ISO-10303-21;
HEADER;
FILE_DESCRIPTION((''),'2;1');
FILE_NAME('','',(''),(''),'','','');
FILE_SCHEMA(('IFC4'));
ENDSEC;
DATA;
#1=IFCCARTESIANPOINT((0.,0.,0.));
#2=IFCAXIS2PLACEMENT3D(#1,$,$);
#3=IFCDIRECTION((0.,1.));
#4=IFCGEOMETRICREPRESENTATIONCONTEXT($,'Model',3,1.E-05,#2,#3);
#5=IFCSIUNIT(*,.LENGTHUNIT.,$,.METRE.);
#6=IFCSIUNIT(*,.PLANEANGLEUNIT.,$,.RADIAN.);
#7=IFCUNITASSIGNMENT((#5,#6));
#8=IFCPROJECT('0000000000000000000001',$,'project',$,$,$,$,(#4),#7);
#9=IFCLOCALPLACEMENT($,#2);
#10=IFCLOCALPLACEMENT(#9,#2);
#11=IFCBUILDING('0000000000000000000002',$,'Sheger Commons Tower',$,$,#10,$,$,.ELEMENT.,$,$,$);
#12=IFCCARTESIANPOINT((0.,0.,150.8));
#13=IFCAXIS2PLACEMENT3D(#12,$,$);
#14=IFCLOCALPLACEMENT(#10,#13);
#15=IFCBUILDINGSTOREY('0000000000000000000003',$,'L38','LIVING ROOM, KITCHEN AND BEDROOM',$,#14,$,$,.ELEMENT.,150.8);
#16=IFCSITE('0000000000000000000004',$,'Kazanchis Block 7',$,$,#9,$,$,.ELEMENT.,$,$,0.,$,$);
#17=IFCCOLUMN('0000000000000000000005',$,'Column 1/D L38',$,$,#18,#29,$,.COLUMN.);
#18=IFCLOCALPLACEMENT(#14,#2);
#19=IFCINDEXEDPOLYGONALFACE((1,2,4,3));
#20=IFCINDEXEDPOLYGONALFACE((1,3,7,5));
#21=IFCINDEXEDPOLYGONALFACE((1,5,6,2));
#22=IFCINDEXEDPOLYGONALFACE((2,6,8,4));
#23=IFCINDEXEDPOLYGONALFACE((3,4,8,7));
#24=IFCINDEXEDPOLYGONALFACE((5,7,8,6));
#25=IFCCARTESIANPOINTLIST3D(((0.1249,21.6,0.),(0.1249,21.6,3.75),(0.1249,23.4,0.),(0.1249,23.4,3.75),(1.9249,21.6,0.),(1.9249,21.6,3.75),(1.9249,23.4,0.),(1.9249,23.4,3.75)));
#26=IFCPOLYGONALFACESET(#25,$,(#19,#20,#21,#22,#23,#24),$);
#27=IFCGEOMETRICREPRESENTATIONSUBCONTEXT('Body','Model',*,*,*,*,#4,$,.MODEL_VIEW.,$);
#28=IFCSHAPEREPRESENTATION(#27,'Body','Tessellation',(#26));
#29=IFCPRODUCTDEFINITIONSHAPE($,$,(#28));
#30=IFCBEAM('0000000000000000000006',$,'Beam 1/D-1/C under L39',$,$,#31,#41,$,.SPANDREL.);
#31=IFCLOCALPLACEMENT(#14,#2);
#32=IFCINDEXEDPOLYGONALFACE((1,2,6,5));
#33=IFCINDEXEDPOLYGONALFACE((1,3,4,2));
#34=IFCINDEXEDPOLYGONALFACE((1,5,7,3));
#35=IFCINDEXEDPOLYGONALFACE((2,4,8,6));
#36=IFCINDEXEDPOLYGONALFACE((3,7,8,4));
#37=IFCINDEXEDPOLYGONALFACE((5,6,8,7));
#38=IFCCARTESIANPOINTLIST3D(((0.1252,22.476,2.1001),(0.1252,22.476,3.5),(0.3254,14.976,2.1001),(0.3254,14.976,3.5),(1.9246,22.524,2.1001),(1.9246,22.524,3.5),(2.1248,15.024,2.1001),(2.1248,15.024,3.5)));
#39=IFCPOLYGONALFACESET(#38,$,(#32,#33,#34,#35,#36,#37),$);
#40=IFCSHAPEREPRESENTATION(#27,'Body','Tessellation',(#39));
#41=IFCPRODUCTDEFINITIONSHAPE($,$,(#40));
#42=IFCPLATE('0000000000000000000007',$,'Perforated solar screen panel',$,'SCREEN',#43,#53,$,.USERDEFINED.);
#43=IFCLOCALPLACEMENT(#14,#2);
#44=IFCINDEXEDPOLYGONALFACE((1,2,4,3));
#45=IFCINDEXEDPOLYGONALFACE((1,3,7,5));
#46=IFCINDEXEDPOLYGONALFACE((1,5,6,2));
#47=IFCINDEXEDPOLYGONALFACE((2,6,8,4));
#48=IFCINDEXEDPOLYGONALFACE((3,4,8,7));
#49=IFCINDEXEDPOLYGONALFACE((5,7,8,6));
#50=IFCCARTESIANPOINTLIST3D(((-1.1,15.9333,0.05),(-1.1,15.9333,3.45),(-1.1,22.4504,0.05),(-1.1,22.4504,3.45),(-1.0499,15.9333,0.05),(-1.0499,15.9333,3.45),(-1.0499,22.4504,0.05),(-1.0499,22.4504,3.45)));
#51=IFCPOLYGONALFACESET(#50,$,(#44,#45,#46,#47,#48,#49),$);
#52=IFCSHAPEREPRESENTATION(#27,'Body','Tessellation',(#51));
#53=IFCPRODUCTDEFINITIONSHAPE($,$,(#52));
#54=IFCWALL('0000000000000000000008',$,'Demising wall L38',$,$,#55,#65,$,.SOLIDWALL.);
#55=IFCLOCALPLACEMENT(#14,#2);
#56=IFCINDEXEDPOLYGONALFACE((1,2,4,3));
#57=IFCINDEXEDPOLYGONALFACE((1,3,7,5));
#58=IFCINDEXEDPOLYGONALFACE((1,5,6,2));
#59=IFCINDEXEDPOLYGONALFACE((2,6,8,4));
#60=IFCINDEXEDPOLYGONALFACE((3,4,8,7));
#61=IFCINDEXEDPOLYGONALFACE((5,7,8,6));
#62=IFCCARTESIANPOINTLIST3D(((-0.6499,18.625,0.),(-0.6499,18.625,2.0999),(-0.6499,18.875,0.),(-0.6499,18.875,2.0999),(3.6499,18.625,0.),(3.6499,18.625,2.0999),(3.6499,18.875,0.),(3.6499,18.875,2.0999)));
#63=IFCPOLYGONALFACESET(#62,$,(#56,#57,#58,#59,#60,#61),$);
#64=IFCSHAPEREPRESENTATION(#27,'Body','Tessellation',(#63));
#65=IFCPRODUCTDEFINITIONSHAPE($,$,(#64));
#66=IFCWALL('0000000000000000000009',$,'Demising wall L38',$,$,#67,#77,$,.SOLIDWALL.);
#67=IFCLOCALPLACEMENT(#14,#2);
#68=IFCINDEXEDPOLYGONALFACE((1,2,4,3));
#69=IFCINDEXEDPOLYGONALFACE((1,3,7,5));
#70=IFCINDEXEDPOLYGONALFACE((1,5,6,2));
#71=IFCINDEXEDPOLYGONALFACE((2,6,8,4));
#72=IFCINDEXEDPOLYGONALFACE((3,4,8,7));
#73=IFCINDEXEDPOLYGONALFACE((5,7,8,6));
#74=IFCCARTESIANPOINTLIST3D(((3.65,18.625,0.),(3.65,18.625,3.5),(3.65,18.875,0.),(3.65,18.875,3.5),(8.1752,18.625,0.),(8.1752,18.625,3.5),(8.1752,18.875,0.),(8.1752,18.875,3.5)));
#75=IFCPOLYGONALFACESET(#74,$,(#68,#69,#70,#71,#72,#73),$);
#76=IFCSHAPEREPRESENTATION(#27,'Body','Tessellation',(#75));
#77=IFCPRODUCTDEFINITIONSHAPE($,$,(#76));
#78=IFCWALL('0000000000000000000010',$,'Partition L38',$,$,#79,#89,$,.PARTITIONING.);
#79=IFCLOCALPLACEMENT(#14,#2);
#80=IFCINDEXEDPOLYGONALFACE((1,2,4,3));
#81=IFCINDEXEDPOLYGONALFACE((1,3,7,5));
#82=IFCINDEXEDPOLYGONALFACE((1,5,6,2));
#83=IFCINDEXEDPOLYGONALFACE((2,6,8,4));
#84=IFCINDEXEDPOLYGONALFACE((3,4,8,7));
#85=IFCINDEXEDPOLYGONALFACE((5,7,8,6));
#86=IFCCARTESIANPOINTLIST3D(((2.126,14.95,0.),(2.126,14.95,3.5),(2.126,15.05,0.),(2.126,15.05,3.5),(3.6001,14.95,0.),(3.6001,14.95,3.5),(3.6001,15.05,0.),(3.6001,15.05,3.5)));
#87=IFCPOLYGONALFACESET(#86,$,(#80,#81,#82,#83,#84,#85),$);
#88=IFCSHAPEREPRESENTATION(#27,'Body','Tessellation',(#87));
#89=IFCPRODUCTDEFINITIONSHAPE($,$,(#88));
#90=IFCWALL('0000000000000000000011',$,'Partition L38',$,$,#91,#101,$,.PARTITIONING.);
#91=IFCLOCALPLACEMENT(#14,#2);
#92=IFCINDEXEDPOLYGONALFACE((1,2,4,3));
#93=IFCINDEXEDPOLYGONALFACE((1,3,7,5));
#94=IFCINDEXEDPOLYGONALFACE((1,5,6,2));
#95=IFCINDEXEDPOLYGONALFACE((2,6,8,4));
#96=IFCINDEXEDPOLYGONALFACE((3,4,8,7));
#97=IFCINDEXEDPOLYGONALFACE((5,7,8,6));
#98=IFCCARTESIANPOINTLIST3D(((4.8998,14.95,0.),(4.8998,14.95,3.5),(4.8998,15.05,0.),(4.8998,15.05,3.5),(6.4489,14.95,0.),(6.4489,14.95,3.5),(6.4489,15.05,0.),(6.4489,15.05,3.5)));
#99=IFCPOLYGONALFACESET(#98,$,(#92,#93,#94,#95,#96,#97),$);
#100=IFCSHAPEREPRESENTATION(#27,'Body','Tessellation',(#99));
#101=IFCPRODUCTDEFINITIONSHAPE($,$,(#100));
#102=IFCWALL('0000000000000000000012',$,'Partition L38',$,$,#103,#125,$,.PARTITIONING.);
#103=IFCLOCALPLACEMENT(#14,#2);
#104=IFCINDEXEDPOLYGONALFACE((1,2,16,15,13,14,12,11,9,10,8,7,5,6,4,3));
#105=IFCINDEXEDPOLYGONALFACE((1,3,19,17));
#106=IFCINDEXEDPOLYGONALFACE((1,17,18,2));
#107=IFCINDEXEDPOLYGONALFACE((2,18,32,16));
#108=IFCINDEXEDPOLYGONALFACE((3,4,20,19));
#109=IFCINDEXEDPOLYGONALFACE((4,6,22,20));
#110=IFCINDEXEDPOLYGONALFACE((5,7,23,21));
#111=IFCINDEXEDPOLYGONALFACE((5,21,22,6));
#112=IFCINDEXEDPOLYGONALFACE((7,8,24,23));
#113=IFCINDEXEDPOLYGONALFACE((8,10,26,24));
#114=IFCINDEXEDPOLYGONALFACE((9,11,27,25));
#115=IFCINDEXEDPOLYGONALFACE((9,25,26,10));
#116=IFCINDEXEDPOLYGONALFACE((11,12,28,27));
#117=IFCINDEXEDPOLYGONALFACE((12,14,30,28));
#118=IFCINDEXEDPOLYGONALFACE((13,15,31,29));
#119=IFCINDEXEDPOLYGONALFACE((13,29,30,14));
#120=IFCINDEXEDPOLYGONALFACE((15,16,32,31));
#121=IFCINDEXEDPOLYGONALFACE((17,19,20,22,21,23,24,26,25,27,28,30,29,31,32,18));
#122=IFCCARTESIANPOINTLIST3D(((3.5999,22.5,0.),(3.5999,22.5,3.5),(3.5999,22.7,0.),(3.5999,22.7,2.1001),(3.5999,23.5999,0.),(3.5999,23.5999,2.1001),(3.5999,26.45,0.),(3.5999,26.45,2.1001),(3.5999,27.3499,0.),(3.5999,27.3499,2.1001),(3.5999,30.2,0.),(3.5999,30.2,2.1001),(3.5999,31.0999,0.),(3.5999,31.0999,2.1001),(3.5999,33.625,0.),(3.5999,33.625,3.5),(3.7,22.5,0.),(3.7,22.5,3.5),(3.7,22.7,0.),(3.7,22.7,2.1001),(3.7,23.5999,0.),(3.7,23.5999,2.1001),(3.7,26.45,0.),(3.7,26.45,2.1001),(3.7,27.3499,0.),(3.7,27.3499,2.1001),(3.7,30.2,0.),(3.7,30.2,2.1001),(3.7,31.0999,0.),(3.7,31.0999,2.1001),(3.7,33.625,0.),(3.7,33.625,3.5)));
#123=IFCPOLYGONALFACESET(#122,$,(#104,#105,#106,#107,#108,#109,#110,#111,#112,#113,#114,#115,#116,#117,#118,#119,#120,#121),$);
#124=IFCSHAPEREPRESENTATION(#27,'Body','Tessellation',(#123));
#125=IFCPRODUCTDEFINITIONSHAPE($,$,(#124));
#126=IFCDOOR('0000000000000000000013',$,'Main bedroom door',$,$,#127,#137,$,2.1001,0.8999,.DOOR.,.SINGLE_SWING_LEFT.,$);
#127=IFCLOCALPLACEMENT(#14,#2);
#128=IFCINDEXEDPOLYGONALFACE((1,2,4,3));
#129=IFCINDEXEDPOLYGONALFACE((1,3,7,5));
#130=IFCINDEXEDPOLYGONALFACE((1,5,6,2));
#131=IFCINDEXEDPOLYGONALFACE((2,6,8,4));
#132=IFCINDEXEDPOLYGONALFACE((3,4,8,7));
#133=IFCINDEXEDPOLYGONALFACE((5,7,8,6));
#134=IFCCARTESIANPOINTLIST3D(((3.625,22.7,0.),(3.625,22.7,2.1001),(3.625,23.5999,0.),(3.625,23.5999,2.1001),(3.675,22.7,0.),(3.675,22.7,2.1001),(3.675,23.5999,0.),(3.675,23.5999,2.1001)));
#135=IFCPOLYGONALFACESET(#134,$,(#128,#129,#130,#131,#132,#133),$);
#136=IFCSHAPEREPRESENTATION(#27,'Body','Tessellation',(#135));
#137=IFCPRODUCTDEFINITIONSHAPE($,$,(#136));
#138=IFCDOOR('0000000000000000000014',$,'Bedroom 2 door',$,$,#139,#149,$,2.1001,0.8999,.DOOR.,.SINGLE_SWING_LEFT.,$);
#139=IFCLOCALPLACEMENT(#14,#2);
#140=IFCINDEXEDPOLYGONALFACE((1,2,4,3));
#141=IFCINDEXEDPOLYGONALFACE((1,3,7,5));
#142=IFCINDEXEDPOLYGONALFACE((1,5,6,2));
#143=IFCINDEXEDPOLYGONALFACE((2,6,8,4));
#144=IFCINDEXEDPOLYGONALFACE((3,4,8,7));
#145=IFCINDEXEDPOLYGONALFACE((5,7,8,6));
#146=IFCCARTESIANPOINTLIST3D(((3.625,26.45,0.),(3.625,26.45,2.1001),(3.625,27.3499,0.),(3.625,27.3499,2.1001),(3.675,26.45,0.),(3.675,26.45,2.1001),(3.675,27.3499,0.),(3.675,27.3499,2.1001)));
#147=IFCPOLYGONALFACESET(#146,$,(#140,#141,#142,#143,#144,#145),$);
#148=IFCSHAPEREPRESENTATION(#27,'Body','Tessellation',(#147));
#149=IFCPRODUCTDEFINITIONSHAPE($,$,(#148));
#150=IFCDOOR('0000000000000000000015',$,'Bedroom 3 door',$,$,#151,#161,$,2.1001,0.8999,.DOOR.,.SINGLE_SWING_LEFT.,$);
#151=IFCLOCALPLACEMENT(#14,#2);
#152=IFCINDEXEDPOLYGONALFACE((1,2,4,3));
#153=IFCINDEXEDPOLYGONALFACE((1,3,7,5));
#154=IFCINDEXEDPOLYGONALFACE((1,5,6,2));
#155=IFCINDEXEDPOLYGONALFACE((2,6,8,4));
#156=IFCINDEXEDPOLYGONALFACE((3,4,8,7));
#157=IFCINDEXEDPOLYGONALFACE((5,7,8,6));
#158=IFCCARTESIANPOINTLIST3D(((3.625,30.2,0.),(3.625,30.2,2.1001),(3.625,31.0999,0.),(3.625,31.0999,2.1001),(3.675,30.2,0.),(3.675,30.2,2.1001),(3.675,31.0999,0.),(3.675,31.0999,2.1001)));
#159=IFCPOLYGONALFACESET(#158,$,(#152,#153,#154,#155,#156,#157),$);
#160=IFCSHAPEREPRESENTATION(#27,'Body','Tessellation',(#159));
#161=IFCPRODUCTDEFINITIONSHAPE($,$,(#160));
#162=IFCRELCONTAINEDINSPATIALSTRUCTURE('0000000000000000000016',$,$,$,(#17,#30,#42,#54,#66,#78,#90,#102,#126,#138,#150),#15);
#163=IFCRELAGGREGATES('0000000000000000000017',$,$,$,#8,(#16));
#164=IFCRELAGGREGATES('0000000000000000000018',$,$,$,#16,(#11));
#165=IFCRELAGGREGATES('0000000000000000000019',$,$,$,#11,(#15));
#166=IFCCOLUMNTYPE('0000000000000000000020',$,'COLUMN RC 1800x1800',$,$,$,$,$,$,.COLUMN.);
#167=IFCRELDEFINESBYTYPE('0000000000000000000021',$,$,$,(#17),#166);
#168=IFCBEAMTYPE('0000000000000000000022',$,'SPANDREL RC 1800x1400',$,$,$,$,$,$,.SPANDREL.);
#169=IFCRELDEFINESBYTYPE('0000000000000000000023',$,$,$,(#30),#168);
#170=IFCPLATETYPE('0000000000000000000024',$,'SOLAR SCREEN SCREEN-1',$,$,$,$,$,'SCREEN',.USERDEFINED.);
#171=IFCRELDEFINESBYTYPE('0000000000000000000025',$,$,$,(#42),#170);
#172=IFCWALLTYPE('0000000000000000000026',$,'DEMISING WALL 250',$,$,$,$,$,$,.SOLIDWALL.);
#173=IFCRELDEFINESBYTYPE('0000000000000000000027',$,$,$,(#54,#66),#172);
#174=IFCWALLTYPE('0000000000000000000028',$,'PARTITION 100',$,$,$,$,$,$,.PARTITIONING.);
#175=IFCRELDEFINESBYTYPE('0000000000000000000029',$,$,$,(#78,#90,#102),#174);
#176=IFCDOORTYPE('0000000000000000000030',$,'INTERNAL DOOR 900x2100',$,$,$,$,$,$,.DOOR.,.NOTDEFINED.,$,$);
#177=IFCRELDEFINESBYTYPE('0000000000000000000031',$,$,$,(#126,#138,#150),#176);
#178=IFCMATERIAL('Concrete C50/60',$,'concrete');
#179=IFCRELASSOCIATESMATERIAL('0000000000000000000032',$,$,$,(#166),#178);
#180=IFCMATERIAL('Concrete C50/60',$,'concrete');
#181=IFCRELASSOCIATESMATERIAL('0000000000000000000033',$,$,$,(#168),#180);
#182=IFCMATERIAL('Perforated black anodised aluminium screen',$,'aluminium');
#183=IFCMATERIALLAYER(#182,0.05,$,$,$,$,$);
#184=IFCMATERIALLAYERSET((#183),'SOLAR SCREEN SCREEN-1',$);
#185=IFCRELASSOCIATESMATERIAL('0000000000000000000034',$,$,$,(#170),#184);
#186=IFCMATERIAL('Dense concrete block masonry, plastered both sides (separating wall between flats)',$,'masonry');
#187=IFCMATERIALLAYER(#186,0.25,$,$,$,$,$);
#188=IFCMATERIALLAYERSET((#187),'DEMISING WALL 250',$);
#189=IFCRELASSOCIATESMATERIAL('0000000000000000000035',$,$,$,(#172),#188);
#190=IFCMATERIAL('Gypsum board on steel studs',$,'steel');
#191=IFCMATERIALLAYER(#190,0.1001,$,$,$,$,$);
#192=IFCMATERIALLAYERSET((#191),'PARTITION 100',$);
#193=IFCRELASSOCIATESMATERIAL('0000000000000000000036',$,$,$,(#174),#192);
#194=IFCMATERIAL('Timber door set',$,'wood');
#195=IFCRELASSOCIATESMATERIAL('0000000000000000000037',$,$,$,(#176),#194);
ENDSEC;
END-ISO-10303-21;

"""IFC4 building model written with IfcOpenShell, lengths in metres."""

from ifc_helpers import new_model, si_unit, direction, frame, frame_2d, origin, origin_2d, place, context, subcontext, project, spatial, rectangle, extrude, material, layer, layer_set, material_profile, profile_set, type_object, element, fill, save


model = new_model("IFC4")

# Units and contexts
model_context = context("Model", 3, precision=1e-05, world=origin(), true_north=direction((0.0, 1.0)))
body_context = subcontext(model_context, "Body", "Model", "MODEL_VIEW")
ifc_project = project(units=[si_unit("LENGTHUNIT", "METRE"), si_unit("PLANEANGLEUNIT", "RADIAN")], contexts=[model_context])

# Site, building, storey
site_placement = place(None, origin())
site = spatial("IfcSite", under=ifc_project, at=site_placement, Name="Kazanchis Block 7", CompositionType="ELEMENT", RefElevation=0.0)
building_placement = place(site_placement, origin())
building = spatial("IfcBuilding", under=site, at=building_placement, Name="Sheger Commons Tower", CompositionType="ELEMENT")
storey_placement = place(building_placement, frame((0.0, 0.0, 150.8)))
storey = spatial("IfcBuildingStorey", under=building, at=storey_placement, Name="L38", Description="LIVING ROOM, KITCHEN AND BEDROOM", CompositionType="ELEMENT", Elevation=150.8)

# Column
ifc_material_1 = material(Name="Concrete C50/60", Category="concrete")
ifc_material_profile_1 = material_profile(ifc_material_1, rectangle(XDim=1.8, YDim=1.8, at=origin_2d()), Name="RC 1800x1800")
ifc_profile_set_1 = profile_set([ifc_material_profile_1], Name="Concrete C50/60")
column_type = type_object("IfcColumnType", Name="COLUMN RC 1800x1800", PredefinedType="COLUMN", material=ifc_profile_set_1)
column_placement = place(storey_placement, frame((1.0249, 22.5, 0.0), z_axis=(0.0, 0.0, 1.0), x_axis=(1.0, 0.0, 0.0)))
element("IfcColumn", 1, at=column_placement, inside=storey, type_object=column_type, Name="Column 1/D L38", PredefinedType="COLUMN", context=body_context, shape_type="SweptSolid", body=[
    extrude(rectangle(XDim=1.8, YDim=1.8, at=origin_2d()), origin(), (0.0, 0.0, 1.0), 3.75),
])

# Beam
ifc_material_2 = material(Name="Concrete C50/60", Category="concrete")
ifc_material_profile_2 = material_profile(ifc_material_2, rectangle(XDim=1.8, YDim=1.3999, at=origin_2d()), Name="RC 1800x1400")
ifc_profile_set_2 = profile_set([ifc_material_profile_2], Name="Concrete C50/60")
beam_type = type_object("IfcBeamType", Name="SPANDREL RC 1800x1400", PredefinedType="SPANDREL", material=ifc_profile_set_2)
beam_placement = place(storey_placement, frame((1.0249, 22.5, 2.8), z_axis=(0.026683, -0.999644, 0.0), x_axis=(0.999644, 0.026683, 0.0)))
element("IfcBeam", 2, at=beam_placement, inside=storey, type_object=beam_type, Name="Beam 1/D-1/C under L39", PredefinedType="SPANDREL", context=body_context, shape_type="SweptSolid", body=[
    extrude(rectangle(XDim=1.8, YDim=1.3999, at=origin_2d()), origin(), (0.0, 0.0, 1.0), 7.5027),
])

# Plate
ifc_material_3 = material(Name="Perforated black anodised aluminium screen", Category="aluminium")
ifc_layer_1 = layer(ifc_material_3, 0.05)
ifc_layer_set_1 = layer_set([ifc_layer_1], Name="SOLAR SCREEN SCREEN-1")
plate_type = type_object("IfcPlateType", Name="SOLAR SCREEN SCREEN-1", ElementType="SCREEN", PredefinedType="USERDEFINED", material=ifc_layer_set_1)
plate_placement = place(storey_placement, frame((-1.075, 19.1919, 0.05), z_axis=(0.0, 0.0, 1.0), x_axis=(0.0, -1.0, 0.0)))
element("IfcPlate", 3, at=plate_placement, inside=storey, type_object=plate_type, Name="Perforated solar screen panel", ObjectType="SCREEN", PredefinedType="USERDEFINED", context=body_context, shape_type="SweptSolid", body=[
    extrude(rectangle(XDim=6.5171, YDim=0.05, at=origin_2d()), origin(), (0.0, 0.0, 1.0), 3.3999),
])

# Walls
ifc_material_4 = material(Name="Dense concrete block masonry, plastered both sides (separating wall between flats)", Category="masonry")
ifc_layer_2 = layer(ifc_material_4, 0.25)
ifc_layer_set_2 = layer_set([ifc_layer_2], Name="DEMISING WALL 250")
wall_type_1 = type_object("IfcWallType", Name="DEMISING WALL 250", PredefinedType="SOLIDWALL", material=ifc_layer_set_2)
wall_1_placement = place(storey_placement, frame((-0.6499, 18.75, 0.0), z_axis=(0.0, 0.0, 1.0), x_axis=(1.0, 0.0, 0.0)))
element("IfcWall", 4, at=wall_1_placement, inside=storey, type_object=wall_type_1, Name="Demising wall L38", PredefinedType="SOLIDWALL", context=body_context, shape_type="SweptSolid", body=[
    extrude(rectangle(XDim=4.2998, YDim=0.25, at=frame_2d((2.1499, 0.0))), origin(), (0.0, 0.0, 1.0), 2.0999),
])
wall_2_placement = place(storey_placement, frame((3.6499, 18.75, 0.0), z_axis=(0.0, 0.0, 1.0), x_axis=(1.0, 0.0, 0.0)))
element("IfcWall", 5, at=wall_2_placement, inside=storey, type_object=wall_type_1, Name="Demising wall L38", PredefinedType="SOLIDWALL", context=body_context, shape_type="SweptSolid", body=[
    extrude(rectangle(XDim=4.5251, YDim=0.25, at=frame_2d((2.2627, 0.0))), origin(), (0.0, 0.0, 1.0), 3.5),
])
ifc_material_5 = material(Name="Gypsum board on steel studs", Category="steel")
ifc_layer_3 = layer(ifc_material_5, 0.1001)
ifc_layer_set_3 = layer_set([ifc_layer_3], Name="PARTITION 100")
wall_type_2 = type_object("IfcWallType", Name="PARTITION 100", PredefinedType="PARTITIONING", material=ifc_layer_set_3)
wall_3_placement = place(storey_placement, frame((2.126, 15.0, 0.0), z_axis=(0.0, 0.0, 1.0), x_axis=(1.0, 0.0, 0.0)))
element("IfcWall", 6, at=wall_3_placement, inside=storey, type_object=wall_type_2, Name="Partition L38", PredefinedType="PARTITIONING", context=body_context, shape_type="SweptSolid", body=[
    extrude(rectangle(XDim=1.4741, YDim=0.1001, at=frame_2d((0.7371, 0.0))), origin(), (0.0, 0.0, 1.0), 3.5),
])
wall_4_placement = place(storey_placement, frame((4.8999, 15.0, 0.0), z_axis=(0.0, 0.0, 1.0), x_axis=(1.0, 0.0, 0.0)))
element("IfcWall", 7, at=wall_4_placement, inside=storey, type_object=wall_type_2, Name="Partition L38", PredefinedType="PARTITIONING", context=body_context, shape_type="SweptSolid", body=[
    extrude(rectangle(XDim=1.5491, YDim=0.1001, at=frame_2d((0.7744, 0.0))), origin(), (0.0, 0.0, 1.0), 3.5),
])

# Wall, openings, doors
wall_5_placement = place(storey_placement, frame((3.6499, 22.5, 0.0), z_axis=(0.0, 0.0, 1.0), x_axis=(0.0, 1.0, 0.0)))
wall_5 = element("IfcWall", 8, at=wall_5_placement, inside=storey, type_object=wall_type_2, Name="Partition L38", PredefinedType="PARTITIONING", context=body_context, shape_type="SweptSolid", body=[
    extrude(rectangle(XDim=11.125, YDim=0.1001, at=frame_2d((5.5625, 0.0))), origin(), (0.0, 0.0, 1.0), 3.5),
])
opening_1_placement = place(wall_5_placement, frame((0.2, 0.0, 0.0)))
opening_1 = element("IfcOpeningElement", 9, at=opening_1_placement, cuts=wall_5, PredefinedType="OPENING", context=body_context, shape_type="SweptSolid", body=[
    extrude(rectangle(XDim=0.8999, YDim=2.1001, at=frame_2d((0.45, 1.05))), frame((0.0, 0.0601, 0.0), z_axis=(0.0, -1.0, 0.0), x_axis=(1.0, 0.0, 0.0)), (0.0, 0.0, 1.0), 0.1201),
])
opening_2_placement = place(wall_5_placement, frame((3.95, 0.0, 0.0)))
opening_2 = element("IfcOpeningElement", 10, at=opening_2_placement, cuts=wall_5, PredefinedType="OPENING", context=body_context, shape_type="SweptSolid", body=[
    extrude(rectangle(XDim=0.8999, YDim=2.1001, at=frame_2d((0.45, 1.05))), frame((0.0, 0.0601, 0.0), z_axis=(0.0, -1.0, 0.0), x_axis=(1.0, 0.0, 0.0)), (0.0, 0.0, 1.0), 0.1201),
])
opening_3_placement = place(wall_5_placement, frame((7.7, 0.0, 0.0)))
opening_3 = element("IfcOpeningElement", 11, at=opening_3_placement, cuts=wall_5, PredefinedType="OPENING", context=body_context, shape_type="SweptSolid", body=[
    extrude(rectangle(XDim=0.8999, YDim=2.1001, at=frame_2d((0.45, 1.05))), frame((0.0, 0.0601, 0.0), z_axis=(0.0, -1.0, 0.0), x_axis=(1.0, 0.0, 0.0)), (0.0, 0.0, 1.0), 0.1201),
])
ifc_material_6 = material(Name="Timber door set", Category="wood")
door_type = type_object("IfcDoorType", Name="INTERNAL DOOR 900x2100", OperationType="NOTDEFINED", PredefinedType="DOOR", material=ifc_material_6)
door_1_placement = place(opening_1_placement, origin())
door_1 = element("IfcDoor", 12, at=door_1_placement, inside=storey, type_object=door_type, Name="Main bedroom door", OperationType="SINGLE_SWING_LEFT", OverallHeight=2.1001, OverallWidth=0.8999, PredefinedType="DOOR", context=body_context, shape_type="SweptSolid", body=[
    extrude(rectangle(XDim=0.8999, YDim=2.1001, at=frame_2d((0.45, 1.05))), frame((0.0, 0.0249, 0.0), z_axis=(0.0, -1.0, 0.0), x_axis=(1.0, 0.0, 0.0)), (0.0, 0.0, 1.0), 0.05),
])
fill(opening_1, door_1)
door_2_placement = place(opening_2_placement, origin())
door_2 = element("IfcDoor", 13, at=door_2_placement, inside=storey, type_object=door_type, Name="Bedroom 2 door", OperationType="SINGLE_SWING_LEFT", OverallHeight=2.1001, OverallWidth=0.8999, PredefinedType="DOOR", context=body_context, shape_type="SweptSolid", body=[
    extrude(rectangle(XDim=0.8999, YDim=2.1001, at=frame_2d((0.45, 1.05))), frame((0.0, 0.0249, 0.0), z_axis=(0.0, -1.0, 0.0), x_axis=(1.0, 0.0, 0.0)), (0.0, 0.0, 1.0), 0.05),
])
fill(opening_2, door_2)
door_3_placement = place(opening_3_placement, origin())
door_3 = element("IfcDoor", 14, at=door_3_placement, inside=storey, type_object=door_type, Name="Bedroom 3 door", OperationType="SINGLE_SWING_LEFT", OverallHeight=2.1001, OverallWidth=0.8999, PredefinedType="DOOR", context=body_context, shape_type="SweptSolid", body=[
    extrude(rectangle(XDim=0.8999, YDim=2.1001, at=frame_2d((0.45, 1.05))), frame((0.0, 0.0249, 0.0), z_axis=(0.0, -1.0, 0.0), x_axis=(1.0, 0.0, 0.0)), (0.0, 0.0, 1.0), 0.05),
])
fill(opening_3, door_3)

save(model, "model.ifc")
